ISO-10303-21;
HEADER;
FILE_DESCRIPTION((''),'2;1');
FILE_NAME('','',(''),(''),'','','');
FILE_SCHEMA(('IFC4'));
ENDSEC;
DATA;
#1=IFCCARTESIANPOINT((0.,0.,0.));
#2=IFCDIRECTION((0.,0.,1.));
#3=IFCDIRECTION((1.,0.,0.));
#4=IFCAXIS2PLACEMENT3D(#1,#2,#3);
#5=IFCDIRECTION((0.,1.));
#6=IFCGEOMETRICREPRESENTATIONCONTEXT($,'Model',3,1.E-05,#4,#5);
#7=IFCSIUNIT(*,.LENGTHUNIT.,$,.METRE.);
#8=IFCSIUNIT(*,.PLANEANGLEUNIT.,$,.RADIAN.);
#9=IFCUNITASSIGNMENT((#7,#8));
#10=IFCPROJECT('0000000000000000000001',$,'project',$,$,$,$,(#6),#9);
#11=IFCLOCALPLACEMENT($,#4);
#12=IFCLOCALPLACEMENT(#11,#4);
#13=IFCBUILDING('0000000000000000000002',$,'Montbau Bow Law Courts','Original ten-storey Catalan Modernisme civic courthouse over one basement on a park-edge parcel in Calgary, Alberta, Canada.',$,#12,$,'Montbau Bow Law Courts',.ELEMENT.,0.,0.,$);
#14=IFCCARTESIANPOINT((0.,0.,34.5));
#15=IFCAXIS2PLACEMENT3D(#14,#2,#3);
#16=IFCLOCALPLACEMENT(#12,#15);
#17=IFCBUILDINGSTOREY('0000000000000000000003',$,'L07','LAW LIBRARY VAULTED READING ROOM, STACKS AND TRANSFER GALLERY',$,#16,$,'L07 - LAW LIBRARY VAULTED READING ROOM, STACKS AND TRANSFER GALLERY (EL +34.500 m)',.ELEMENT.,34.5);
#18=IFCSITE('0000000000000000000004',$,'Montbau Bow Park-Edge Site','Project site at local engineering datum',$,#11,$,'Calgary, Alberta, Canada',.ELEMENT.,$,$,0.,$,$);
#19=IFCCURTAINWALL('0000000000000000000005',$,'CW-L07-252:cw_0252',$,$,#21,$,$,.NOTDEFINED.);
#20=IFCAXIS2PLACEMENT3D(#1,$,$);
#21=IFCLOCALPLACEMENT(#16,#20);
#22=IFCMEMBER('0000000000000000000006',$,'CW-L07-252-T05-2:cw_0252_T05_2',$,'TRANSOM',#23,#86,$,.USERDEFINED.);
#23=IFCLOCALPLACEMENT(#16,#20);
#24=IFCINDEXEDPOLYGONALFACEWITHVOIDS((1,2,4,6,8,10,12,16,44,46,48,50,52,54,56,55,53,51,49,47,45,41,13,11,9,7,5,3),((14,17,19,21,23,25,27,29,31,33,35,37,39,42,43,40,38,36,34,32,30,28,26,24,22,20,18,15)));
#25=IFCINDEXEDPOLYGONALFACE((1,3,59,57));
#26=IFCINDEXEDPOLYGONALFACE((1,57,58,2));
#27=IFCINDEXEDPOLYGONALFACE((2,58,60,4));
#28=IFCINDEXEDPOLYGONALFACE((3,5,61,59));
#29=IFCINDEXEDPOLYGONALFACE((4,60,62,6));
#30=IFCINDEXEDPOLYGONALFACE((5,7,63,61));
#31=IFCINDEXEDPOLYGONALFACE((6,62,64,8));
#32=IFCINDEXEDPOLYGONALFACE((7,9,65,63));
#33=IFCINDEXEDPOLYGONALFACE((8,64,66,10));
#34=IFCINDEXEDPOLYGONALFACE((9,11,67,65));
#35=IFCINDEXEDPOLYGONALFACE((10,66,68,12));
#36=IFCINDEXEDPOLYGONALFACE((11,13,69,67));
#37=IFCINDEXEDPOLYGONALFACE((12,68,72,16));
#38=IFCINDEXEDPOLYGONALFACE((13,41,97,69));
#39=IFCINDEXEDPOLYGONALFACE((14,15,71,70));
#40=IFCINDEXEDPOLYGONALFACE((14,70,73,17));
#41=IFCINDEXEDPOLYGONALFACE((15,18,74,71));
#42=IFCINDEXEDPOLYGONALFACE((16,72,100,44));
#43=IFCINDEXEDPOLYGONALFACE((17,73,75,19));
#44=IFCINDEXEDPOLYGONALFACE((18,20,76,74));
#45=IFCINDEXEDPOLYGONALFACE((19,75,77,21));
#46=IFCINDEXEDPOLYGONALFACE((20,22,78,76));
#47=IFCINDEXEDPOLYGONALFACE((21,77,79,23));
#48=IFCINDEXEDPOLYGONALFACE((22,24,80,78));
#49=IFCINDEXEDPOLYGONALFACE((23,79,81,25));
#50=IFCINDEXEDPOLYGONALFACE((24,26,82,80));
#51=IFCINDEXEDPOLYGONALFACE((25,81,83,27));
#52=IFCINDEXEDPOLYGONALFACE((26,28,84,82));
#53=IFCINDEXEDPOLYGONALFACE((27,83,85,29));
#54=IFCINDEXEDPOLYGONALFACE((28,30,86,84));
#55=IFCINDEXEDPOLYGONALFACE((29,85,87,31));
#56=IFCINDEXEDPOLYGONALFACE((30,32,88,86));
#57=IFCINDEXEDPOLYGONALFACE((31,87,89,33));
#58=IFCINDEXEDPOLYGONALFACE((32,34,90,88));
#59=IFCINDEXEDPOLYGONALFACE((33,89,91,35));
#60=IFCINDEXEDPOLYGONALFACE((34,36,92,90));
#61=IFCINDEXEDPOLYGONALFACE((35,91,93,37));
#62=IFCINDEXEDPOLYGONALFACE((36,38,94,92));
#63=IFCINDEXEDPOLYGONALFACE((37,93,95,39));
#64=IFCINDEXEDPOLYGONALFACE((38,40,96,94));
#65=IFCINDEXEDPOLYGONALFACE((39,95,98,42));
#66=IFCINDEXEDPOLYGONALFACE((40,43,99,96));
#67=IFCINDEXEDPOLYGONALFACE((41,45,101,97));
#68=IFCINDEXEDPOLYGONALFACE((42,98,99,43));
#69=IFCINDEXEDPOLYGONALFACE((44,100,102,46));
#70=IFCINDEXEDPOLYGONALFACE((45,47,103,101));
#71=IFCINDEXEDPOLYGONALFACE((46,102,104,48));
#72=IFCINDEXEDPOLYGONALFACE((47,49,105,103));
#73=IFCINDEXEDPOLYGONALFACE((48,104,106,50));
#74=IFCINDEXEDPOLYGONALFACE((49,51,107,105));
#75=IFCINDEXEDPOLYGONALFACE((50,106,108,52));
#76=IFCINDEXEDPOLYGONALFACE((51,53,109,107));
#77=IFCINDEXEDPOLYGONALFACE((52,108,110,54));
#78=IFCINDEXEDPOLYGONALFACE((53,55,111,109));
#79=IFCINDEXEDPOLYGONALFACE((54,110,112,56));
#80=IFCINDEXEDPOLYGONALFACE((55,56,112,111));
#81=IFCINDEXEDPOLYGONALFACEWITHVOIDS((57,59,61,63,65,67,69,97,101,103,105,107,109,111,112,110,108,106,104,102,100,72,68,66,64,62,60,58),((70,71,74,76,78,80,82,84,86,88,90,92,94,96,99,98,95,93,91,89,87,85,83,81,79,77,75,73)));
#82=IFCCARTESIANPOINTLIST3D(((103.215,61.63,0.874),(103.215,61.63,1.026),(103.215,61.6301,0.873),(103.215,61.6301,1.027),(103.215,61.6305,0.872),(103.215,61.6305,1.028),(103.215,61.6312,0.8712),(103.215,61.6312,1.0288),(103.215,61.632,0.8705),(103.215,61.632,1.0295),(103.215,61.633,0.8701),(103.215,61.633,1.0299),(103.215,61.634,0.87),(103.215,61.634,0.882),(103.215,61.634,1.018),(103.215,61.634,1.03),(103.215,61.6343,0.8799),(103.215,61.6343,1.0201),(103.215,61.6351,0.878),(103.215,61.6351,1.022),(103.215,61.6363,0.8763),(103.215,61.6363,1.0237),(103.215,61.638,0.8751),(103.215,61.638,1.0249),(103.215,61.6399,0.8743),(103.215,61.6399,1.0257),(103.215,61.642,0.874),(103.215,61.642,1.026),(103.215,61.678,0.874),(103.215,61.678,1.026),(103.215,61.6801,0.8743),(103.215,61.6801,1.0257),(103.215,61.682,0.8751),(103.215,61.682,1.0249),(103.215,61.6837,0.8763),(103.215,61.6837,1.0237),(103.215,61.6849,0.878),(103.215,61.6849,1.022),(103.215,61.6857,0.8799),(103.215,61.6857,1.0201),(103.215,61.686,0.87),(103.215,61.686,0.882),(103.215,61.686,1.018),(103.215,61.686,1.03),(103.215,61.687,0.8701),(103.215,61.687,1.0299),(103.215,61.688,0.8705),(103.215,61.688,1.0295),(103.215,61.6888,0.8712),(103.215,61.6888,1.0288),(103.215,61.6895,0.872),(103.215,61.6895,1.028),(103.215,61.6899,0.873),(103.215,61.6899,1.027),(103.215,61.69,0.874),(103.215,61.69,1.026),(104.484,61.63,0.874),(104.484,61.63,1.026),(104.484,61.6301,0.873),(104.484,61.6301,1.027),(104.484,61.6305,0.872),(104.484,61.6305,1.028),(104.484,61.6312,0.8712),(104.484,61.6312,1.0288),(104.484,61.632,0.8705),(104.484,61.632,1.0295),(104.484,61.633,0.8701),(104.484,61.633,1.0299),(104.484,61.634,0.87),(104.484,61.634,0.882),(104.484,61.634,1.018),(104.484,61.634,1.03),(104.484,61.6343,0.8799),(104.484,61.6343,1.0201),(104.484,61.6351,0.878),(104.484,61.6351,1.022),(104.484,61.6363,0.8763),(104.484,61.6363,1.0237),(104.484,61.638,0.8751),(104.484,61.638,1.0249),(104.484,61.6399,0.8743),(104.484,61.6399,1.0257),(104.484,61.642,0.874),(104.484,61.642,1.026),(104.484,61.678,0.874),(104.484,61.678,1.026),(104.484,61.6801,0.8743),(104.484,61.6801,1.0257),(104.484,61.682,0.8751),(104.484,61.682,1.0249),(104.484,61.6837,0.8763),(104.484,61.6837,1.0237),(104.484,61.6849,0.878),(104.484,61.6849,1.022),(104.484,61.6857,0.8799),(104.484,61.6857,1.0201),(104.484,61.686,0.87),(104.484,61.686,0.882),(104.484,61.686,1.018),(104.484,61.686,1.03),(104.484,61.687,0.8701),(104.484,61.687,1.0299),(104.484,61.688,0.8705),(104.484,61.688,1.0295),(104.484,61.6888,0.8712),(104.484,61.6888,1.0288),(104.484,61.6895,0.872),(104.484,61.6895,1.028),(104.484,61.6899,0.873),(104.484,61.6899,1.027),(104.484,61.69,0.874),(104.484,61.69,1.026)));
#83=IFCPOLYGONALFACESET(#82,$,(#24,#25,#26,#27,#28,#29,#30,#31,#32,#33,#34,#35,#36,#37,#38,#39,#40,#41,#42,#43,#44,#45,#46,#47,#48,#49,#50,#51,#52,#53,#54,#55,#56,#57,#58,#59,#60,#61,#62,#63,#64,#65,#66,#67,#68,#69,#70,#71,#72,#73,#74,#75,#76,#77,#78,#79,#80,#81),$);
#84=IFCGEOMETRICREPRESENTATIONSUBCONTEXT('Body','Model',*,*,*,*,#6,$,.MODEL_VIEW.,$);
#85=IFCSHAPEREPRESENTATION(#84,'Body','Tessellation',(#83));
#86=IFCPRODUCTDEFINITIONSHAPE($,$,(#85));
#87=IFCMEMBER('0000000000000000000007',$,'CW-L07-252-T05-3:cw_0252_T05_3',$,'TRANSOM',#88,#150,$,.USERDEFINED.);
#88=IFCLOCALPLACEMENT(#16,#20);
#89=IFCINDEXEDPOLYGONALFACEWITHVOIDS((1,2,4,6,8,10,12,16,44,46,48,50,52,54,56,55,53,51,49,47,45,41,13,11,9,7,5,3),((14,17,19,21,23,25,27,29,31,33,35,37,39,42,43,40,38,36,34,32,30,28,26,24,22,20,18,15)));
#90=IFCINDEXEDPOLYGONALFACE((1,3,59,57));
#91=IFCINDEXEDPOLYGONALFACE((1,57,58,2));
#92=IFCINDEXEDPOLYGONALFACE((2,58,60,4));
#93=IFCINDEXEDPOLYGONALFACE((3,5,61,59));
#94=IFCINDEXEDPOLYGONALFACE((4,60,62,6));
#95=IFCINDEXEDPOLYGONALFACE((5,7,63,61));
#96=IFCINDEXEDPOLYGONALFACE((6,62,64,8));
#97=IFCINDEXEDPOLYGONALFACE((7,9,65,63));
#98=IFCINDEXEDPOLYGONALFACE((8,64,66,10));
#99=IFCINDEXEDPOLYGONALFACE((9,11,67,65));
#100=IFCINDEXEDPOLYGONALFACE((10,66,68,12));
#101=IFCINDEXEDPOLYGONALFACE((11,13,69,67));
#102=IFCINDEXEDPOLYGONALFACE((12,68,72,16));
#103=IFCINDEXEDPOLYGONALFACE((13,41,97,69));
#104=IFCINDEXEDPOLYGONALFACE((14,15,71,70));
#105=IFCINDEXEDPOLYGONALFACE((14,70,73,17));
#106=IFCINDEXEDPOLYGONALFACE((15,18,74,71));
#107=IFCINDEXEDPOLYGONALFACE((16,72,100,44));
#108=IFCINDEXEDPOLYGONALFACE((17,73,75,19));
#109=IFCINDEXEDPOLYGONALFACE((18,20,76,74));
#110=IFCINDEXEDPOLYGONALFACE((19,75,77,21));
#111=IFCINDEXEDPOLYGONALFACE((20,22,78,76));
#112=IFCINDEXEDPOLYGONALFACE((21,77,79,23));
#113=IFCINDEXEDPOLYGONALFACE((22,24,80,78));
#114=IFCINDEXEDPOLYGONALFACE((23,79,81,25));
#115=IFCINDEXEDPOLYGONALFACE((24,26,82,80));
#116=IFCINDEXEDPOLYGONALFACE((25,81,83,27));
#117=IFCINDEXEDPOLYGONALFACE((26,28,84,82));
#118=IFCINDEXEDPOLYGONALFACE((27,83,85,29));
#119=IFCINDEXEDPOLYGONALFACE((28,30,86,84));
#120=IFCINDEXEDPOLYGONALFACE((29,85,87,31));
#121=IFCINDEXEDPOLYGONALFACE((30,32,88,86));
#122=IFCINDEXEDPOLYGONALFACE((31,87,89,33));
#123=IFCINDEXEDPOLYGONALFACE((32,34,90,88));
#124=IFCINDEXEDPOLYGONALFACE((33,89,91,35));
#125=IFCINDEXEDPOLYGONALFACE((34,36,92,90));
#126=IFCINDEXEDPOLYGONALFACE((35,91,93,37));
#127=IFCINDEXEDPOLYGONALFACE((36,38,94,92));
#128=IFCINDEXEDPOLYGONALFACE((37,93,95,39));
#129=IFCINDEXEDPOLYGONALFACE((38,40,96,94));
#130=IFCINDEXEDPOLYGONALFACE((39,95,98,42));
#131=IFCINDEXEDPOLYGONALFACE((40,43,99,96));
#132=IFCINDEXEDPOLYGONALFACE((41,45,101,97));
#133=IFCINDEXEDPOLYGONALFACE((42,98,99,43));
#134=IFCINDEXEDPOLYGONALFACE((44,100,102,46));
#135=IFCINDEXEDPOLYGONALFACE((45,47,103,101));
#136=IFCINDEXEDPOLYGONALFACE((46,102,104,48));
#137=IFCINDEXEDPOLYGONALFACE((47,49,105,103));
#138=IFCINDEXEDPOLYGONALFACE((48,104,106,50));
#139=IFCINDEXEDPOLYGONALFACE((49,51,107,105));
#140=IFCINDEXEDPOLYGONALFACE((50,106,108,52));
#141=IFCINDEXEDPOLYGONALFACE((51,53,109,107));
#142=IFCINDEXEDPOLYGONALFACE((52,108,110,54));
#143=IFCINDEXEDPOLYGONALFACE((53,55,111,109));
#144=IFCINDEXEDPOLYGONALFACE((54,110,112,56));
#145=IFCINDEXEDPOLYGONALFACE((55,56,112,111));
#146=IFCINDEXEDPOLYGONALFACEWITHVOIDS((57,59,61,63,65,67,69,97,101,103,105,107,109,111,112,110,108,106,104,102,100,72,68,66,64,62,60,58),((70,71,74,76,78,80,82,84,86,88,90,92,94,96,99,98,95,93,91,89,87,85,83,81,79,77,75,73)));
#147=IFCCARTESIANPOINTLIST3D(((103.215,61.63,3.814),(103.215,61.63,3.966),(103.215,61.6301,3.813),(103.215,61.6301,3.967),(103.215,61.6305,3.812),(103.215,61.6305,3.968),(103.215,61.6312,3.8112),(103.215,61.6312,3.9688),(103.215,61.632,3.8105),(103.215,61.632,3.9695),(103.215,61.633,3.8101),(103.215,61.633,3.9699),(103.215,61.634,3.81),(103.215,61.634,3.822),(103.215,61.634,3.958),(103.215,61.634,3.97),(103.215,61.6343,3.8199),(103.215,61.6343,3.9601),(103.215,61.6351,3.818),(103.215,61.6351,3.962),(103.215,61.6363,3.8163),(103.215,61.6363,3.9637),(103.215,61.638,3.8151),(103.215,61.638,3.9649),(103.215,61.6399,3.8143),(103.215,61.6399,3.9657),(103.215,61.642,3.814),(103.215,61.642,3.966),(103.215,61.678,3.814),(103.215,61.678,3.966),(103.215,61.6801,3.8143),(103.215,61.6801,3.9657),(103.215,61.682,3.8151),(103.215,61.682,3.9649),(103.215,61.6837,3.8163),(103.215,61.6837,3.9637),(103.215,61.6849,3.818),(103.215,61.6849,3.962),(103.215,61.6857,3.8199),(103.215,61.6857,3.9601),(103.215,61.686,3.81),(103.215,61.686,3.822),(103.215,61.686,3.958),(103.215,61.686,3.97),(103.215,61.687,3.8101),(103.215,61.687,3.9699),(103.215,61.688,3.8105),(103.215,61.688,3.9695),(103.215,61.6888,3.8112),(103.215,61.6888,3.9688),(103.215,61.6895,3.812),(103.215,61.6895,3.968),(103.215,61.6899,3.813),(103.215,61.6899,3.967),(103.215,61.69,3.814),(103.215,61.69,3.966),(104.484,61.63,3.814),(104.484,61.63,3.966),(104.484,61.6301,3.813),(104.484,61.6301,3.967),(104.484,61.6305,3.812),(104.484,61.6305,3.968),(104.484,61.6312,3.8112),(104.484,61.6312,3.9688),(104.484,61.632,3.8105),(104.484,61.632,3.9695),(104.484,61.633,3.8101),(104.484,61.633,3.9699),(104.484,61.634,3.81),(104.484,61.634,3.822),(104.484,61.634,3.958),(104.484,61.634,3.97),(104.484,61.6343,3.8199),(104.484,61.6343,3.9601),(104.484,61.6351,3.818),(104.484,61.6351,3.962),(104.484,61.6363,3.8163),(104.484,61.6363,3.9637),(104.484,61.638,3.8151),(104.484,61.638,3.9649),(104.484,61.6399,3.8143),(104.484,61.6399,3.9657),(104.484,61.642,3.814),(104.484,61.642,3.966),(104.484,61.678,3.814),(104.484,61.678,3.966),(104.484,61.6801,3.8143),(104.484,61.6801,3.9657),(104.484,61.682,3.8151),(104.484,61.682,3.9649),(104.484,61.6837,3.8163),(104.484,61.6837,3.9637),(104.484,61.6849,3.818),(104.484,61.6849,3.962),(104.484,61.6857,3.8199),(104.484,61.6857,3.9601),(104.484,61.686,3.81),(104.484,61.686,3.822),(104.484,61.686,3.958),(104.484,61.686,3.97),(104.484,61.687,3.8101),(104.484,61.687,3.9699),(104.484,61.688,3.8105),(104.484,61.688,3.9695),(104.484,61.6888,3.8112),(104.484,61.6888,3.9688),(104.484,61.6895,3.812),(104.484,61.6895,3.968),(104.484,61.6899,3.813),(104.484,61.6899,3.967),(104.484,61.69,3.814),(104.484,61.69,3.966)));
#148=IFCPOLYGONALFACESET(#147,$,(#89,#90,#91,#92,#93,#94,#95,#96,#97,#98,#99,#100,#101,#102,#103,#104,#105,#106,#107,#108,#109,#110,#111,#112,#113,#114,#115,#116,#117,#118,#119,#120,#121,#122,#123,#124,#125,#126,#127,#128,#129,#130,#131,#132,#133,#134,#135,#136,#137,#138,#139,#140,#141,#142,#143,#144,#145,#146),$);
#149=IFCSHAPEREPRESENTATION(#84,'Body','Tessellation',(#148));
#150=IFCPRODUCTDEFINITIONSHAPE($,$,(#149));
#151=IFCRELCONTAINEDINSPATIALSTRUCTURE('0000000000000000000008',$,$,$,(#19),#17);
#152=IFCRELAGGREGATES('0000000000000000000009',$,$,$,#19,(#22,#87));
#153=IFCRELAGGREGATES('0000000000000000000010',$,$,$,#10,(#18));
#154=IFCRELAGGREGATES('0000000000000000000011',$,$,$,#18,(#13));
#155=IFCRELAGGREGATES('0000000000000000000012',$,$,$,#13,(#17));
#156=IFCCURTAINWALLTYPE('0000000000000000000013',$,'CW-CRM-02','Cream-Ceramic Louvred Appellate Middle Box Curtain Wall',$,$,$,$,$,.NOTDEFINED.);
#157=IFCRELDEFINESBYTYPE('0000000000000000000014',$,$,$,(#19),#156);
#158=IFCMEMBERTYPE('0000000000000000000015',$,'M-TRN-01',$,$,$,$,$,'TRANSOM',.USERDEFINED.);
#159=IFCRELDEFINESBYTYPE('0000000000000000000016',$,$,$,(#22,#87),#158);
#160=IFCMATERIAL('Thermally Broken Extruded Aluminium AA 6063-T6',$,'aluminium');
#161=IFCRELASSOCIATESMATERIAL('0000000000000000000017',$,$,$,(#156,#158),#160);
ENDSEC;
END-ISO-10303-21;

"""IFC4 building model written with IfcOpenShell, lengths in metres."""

from ifc_helpers import new_model, si_unit, direction, frame, origin_with_axes, origin_2d_with_axis, place, context, subcontext, project, spatial, hollow_rectangle, extrude, material, material_profile, profile_set, type_object, element, aggregate, save


model = new_model("IFC4")

# Units and contexts
model_context = context("Model", 3, precision=1e-05, world=origin_with_axes(), true_north=direction((0.0, 1.0)))
body_context = subcontext(model_context, "Body", "Model", "MODEL_VIEW")
ifc_project = project(units=[si_unit("LENGTHUNIT", "METRE"), si_unit("PLANEANGLEUNIT", "RADIAN")], contexts=[model_context])

# Site, building, storey
site_placement = place(None, origin_with_axes())
site = spatial("IfcSite", under=ifc_project, at=site_placement, Name="Montbau Bow Park-Edge Site", Description="Project site at local engineering datum", LongName="Calgary, Alberta, Canada", CompositionType="ELEMENT", RefElevation=0.0)
building_placement = place(site_placement, origin_with_axes())
building = spatial("IfcBuilding", under=site, at=building_placement, Name="Montbau Bow Law Courts", Description="Original ten-storey Catalan Modernisme civic courthouse over one basement on a park-edge parcel in Calgary, Alberta, Canada.", LongName="Montbau Bow Law Courts", CompositionType="ELEMENT", ElevationOfRefHeight=0.0, ElevationOfTerrain=0.0)
storey_placement = place(building_placement, frame((0.0, 0.0, 34.5), z_axis=(0.0, 0.0, 1.0), x_axis=(1.0, 0.0, 0.0)))
storey = spatial("IfcBuildingStorey", under=building, at=storey_placement, Name="L07", Description="LAW LIBRARY VAULTED READING ROOM, STACKS AND TRANSFER GALLERY", LongName="L07 - LAW LIBRARY VAULTED READING ROOM, STACKS AND TRANSFER GALLERY (EL +34.500 m)", CompositionType="ELEMENT", Elevation=34.5)

# Curtain wall
ifc_material_1 = material(Name="Thermally Broken Extruded Aluminium AA 6063-T6", Category="aluminium")
curtain_wall_type = type_object("IfcCurtainWallType", Name="CW-CRM-02", Description="Cream-Ceramic Louvred Appellate Middle Box Curtain Wall", PredefinedType="NOTDEFINED", material=ifc_material_1)
curtain_wall_1_placement = place(None, frame((97.64, 61.66, 34.5), z_axis=(0.0, 0.0, 1.0), x_axis=(1.0, 0.0, 0.0)))
curtain_wall_1 = element("IfcCurtainWall", 1, at=curtain_wall_1_placement, inside=storey, type_object=curtain_wall_type, Name="CW-L07-252:cw_0252", PredefinedType="NOTDEFINED")

# Members
ifc_material_profile_1 = material_profile(ifc_material_1, hollow_rectangle(XDim=0.06, YDim=0.16, WallThickness=0.004, InnerFilletRadius=0.008, OuterFilletRadius=0.004, at=origin_2d_with_axis()), Name="CWT-160X60", Category="Main", Priority=0)
ifc_profile_set_1 = profile_set([ifc_material_profile_1], Name="Thermally Broken Extruded Aluminium AA 6063-T6")
member_type_1 = type_object("IfcMemberType", Name="M-TRN-01", ElementType="TRANSOM", PredefinedType="USERDEFINED", material=ifc_profile_set_1)
member_1_placement = place(None, frame((103.215, 61.66, 35.45), z_axis=(1.0, 0.0, 0.0), x_axis=(0.0, 1.0, 0.0)))
member_1 = element("IfcMember", 2, at=member_1_placement, type_object=member_type_1, Name="CW-L07-252-T05-2:cw_0252_T05_2", ObjectType="TRANSOM", PredefinedType="USERDEFINED", context=body_context, shape_type="SweptSolid", body=[
    extrude(hollow_rectangle(XDim=0.06, YDim=0.16, WallThickness=0.004, InnerFilletRadius=0.008, OuterFilletRadius=0.004, at=origin_2d_with_axis()), origin_with_axes(), (0.0, 0.0, 1.0), 1.269),
])
member_2_placement = place(None, frame((103.215, 61.66, 38.39), z_axis=(1.0, 0.0, 0.0), x_axis=(0.0, 1.0, 0.0)))
member_2 = element("IfcMember", 3, at=member_2_placement, type_object=member_type_1, Name="CW-L07-252-T05-3:cw_0252_T05_3", ObjectType="TRANSOM", PredefinedType="USERDEFINED", context=body_context, shape_type="SweptSolid", body=[
    extrude(hollow_rectangle(XDim=0.06, YDim=0.16, WallThickness=0.004, InnerFilletRadius=0.008, OuterFilletRadius=0.004, at=origin_2d_with_axis()), origin_with_axes(), (0.0, 0.0, 1.0), 1.269),
])

aggregate(curtain_wall_1, [member_1, member_2])

save(model, "model.ifc")
